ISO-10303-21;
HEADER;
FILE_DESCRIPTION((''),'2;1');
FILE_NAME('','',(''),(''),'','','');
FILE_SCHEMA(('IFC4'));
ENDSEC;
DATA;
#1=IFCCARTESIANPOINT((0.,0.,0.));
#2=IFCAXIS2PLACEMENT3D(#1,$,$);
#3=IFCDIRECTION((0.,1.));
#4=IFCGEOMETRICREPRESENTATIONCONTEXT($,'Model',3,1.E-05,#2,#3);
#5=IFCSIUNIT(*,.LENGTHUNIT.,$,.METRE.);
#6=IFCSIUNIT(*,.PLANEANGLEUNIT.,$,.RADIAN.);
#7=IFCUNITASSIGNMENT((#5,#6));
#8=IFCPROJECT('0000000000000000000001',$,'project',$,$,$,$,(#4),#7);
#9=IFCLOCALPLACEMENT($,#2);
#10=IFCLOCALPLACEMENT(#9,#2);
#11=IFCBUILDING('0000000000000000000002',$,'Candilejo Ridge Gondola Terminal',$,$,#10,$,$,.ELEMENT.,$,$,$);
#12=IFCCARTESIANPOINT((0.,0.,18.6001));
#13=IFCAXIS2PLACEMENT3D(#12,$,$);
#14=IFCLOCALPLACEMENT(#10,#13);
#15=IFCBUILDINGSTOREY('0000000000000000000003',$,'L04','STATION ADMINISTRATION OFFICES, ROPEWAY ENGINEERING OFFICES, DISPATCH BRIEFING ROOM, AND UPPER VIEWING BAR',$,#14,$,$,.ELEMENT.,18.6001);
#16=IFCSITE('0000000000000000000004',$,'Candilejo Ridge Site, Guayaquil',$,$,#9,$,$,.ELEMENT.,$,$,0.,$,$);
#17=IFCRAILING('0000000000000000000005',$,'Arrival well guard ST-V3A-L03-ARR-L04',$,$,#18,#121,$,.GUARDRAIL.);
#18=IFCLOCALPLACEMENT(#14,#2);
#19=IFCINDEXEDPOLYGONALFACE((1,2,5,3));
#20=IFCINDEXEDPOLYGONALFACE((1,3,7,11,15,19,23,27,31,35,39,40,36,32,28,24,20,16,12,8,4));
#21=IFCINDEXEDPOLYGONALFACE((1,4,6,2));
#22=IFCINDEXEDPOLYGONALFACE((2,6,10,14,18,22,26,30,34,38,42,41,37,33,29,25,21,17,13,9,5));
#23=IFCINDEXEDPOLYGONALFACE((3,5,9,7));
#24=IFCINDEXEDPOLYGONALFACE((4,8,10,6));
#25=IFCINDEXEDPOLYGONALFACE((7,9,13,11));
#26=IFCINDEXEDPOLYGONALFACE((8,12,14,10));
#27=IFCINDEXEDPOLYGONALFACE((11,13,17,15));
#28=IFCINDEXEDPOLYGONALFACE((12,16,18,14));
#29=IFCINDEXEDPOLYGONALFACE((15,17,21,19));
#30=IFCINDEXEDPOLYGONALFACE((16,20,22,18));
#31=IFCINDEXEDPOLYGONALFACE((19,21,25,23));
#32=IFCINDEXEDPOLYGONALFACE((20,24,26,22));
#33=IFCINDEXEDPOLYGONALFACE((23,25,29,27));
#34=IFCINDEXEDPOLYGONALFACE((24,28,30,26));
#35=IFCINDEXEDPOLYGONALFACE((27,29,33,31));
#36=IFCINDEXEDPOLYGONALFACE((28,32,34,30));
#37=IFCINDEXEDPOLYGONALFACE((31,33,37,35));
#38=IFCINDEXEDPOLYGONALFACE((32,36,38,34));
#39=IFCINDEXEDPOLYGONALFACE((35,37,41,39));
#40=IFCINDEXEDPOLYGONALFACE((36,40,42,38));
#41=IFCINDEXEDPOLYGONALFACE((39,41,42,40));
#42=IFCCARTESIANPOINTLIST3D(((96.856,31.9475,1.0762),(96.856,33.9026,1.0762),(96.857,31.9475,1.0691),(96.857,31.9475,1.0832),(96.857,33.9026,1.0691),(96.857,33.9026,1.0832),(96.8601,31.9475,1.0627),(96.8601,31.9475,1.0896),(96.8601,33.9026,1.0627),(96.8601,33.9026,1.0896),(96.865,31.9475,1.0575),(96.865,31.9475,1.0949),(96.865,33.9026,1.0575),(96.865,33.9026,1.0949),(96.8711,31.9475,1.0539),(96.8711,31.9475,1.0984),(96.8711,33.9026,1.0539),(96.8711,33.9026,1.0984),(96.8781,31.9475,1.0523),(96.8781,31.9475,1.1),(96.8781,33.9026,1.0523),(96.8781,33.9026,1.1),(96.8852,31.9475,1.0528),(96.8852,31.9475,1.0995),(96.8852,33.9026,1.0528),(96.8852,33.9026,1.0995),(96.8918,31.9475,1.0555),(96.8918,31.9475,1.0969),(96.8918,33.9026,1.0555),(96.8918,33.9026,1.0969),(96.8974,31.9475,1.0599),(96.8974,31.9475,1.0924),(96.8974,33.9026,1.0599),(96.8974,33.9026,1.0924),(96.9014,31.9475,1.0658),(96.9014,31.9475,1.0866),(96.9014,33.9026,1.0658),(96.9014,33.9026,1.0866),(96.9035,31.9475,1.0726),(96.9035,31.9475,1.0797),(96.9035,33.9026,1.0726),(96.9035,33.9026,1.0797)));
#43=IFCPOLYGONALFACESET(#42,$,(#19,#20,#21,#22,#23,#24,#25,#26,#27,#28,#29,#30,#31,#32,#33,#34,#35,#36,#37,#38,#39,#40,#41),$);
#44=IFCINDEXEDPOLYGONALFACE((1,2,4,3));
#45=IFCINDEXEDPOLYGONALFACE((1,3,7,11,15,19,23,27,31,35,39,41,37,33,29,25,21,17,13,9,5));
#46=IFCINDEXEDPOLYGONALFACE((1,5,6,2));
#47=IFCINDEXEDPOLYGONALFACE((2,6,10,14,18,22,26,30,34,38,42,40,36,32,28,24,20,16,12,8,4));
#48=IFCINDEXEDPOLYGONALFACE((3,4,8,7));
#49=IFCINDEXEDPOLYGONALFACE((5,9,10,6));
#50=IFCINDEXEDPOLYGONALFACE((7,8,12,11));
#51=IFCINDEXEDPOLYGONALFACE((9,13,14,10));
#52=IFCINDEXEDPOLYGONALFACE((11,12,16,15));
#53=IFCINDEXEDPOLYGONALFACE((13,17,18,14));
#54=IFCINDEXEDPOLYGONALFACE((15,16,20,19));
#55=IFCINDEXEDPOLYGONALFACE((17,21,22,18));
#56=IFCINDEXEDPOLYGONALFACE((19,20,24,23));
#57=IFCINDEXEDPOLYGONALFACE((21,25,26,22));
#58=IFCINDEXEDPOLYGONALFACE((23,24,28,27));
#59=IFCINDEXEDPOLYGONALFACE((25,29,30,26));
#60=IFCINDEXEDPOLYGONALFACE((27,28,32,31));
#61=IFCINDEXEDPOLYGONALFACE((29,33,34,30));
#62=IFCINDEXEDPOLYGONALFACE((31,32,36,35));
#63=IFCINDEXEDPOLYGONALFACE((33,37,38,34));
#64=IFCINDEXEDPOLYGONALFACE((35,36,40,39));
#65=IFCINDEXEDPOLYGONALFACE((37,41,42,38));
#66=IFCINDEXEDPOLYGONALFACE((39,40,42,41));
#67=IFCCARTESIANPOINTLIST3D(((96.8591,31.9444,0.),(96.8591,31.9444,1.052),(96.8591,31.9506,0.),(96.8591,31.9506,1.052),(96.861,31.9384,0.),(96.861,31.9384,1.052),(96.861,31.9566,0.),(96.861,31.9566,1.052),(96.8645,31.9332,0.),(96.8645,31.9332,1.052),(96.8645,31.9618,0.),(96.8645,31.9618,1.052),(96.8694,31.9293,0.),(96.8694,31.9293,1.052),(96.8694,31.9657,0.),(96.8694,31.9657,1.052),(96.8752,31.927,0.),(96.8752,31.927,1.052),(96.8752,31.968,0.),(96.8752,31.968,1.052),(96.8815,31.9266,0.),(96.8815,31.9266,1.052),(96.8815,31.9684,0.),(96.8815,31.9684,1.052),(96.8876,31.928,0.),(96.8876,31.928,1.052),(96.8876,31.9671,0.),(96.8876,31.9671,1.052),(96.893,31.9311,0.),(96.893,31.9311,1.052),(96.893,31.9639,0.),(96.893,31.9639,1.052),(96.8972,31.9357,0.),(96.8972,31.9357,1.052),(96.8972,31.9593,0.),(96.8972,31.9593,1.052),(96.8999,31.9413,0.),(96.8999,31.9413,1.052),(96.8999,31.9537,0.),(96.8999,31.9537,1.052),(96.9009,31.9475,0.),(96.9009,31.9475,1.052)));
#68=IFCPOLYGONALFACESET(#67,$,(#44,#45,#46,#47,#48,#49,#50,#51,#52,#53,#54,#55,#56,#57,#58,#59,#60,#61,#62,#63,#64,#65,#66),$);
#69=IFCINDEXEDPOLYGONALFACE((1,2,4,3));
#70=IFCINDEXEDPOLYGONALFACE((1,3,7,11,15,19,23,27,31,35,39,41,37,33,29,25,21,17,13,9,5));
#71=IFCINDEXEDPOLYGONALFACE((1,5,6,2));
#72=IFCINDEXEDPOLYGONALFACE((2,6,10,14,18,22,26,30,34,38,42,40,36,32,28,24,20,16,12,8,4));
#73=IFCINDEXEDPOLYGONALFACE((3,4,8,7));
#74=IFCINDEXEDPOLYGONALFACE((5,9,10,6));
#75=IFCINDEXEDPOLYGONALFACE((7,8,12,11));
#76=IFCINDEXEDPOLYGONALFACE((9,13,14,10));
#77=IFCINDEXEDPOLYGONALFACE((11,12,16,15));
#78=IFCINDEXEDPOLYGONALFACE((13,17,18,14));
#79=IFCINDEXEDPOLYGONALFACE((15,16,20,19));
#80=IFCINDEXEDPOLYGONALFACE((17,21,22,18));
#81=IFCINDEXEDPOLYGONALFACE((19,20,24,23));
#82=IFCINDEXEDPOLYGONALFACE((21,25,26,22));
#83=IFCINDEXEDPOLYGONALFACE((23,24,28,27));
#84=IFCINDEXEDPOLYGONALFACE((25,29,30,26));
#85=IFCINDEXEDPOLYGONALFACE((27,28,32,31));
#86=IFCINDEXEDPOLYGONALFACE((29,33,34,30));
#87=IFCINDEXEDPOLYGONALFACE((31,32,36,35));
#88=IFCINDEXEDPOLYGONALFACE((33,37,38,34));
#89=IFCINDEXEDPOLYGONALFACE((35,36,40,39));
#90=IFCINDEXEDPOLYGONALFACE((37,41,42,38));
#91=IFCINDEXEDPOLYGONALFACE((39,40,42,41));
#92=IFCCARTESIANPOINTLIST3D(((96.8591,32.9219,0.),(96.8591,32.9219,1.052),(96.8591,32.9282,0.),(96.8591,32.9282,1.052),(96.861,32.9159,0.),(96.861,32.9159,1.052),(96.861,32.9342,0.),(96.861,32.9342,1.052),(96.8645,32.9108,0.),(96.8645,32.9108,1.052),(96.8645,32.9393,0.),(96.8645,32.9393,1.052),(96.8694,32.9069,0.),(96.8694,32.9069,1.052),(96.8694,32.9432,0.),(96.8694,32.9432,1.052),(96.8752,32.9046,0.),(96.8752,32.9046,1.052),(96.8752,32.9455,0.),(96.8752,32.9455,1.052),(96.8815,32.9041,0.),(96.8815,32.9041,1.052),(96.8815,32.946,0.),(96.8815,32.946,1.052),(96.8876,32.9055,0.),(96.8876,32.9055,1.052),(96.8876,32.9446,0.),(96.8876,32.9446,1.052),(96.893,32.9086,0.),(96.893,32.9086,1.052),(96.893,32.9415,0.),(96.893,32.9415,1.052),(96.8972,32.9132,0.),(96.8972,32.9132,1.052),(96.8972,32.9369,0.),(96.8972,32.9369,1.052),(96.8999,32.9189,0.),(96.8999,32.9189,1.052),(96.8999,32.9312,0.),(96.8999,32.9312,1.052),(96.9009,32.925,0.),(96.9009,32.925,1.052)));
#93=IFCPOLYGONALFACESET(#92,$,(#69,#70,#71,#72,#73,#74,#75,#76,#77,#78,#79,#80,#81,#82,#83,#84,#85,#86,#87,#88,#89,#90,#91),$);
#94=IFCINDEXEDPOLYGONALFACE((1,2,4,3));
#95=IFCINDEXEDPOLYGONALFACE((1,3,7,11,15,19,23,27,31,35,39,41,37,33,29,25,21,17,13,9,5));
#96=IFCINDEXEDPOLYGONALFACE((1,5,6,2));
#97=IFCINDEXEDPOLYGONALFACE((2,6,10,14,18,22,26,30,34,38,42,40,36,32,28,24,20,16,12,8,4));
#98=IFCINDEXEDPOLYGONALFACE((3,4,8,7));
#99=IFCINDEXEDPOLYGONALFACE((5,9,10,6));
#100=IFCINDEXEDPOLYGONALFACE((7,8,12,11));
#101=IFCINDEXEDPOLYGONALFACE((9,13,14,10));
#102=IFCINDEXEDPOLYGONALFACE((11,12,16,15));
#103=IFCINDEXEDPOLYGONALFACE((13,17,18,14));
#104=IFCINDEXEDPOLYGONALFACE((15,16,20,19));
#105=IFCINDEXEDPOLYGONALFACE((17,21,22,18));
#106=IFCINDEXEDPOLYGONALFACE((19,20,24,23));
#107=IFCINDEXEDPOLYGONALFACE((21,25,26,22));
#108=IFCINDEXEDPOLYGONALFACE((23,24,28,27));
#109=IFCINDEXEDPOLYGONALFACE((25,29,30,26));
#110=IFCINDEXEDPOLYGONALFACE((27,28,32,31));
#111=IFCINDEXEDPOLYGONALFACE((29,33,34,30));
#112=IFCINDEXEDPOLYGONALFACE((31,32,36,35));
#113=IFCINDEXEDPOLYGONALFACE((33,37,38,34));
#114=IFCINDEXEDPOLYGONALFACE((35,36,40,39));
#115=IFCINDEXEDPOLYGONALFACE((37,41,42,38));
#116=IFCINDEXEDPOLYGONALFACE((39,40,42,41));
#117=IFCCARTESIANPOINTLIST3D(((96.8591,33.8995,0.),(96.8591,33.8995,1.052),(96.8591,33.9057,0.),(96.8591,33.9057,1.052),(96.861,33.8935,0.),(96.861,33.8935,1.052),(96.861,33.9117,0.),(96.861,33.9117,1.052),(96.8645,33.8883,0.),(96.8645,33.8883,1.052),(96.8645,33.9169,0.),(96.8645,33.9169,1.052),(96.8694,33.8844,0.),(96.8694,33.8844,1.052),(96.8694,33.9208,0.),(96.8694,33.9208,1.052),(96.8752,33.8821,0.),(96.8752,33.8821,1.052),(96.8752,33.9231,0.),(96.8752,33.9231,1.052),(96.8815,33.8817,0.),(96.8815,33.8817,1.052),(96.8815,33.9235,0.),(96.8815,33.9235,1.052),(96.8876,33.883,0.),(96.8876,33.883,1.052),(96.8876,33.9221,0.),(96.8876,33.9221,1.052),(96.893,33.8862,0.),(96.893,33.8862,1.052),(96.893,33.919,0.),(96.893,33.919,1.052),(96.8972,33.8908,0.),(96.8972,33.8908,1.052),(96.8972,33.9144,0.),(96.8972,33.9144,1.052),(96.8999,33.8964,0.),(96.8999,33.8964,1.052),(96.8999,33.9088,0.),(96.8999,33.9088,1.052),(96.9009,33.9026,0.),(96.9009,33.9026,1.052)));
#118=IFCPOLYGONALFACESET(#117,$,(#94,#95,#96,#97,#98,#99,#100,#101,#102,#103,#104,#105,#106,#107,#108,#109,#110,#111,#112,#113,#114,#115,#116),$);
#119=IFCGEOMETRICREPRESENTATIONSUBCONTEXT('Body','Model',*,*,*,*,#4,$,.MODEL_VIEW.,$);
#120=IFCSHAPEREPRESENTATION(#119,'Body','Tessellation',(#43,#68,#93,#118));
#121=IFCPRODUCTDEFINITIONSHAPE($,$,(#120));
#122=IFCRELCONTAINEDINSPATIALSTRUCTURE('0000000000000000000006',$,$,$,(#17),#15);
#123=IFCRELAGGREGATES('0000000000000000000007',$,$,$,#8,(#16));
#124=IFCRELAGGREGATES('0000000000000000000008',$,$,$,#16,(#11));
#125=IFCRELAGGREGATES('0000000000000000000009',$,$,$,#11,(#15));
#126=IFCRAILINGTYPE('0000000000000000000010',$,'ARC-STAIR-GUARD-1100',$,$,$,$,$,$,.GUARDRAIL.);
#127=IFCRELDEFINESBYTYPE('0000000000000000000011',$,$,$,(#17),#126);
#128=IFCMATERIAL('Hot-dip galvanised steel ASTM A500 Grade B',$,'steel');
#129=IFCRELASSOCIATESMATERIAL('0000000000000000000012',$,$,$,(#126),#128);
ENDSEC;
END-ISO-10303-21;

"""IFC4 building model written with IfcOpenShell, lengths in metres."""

from ifc_helpers import new_model, si_unit, direction, frame, origin, origin_2d, place, context, subcontext, project, spatial, circle, extrude, material, type_object, element, save


model = new_model("IFC4")

# Units and contexts
model_context = context("Model", 3, precision=1e-05, world=origin(), true_north=direction((0.0, 1.0)))
body_context = subcontext(model_context, "Body", "Model", "MODEL_VIEW")
ifc_project = project(units=[si_unit("LENGTHUNIT", "METRE"), si_unit("PLANEANGLEUNIT", "RADIAN")], contexts=[model_context])

# Site, building, storey
site_placement = place(None, origin())
site = spatial("IfcSite", under=ifc_project, at=site_placement, Name="Candilejo Ridge Site, Guayaquil", CompositionType="ELEMENT", RefElevation=0.0)
building_placement = place(site_placement, origin())
building = spatial("IfcBuilding", under=site, at=building_placement, Name="Candilejo Ridge Gondola Terminal", CompositionType="ELEMENT")
storey_placement = place(building_placement, frame((0.0, 0.0, 18.6001)))
storey = spatial("IfcBuildingStorey", under=building, at=storey_placement, Name="L04", Description="STATION ADMINISTRATION OFFICES, ROPEWAY ENGINEERING OFFICES, DISPATCH BRIEFING ROOM, AND UPPER VIEWING BAR", CompositionType="ELEMENT", Elevation=18.6001)

# Railing
ifc_material_1 = material(Name="Hot-dip galvanised steel ASTM A500 Grade B", Category="steel")
railing_type = type_object("IfcRailingType", Name="ARC-STAIR-GUARD-1100", PredefinedType="GUARDRAIL", material=ifc_material_1)
railing_placement = place(storey_placement, frame((96.8799, 31.9475, 0.0)))
element("IfcRailing", 1, at=railing_placement, inside=storey, type_object=railing_type, Name="Arrival well guard ST-V3A-L03-ARR-L04", PredefinedType="GUARDRAIL", context=body_context, shape_type="SweptSolid", body=[
    extrude(circle(Radius=0.0239, at=origin_2d()), frame((0.0, 0.0, 1.0762), z_axis=(0.0, 1.0, 0.0), x_axis=(-1.0, 0.0, 0.0)), (0.0, 0.0, 1.0), 1.9551),
    extrude(circle(Radius=0.021, at=origin_2d()), origin(), (0.0, 0.0, 1.0), 1.052),
    extrude(circle(Radius=0.021, at=origin_2d()), frame((0.0, 0.9775, 0.0)), (0.0, 0.0, 1.0), 1.052),
    extrude(circle(Radius=0.021, at=origin_2d()), frame((0.0, 1.9551, 0.0)), (0.0, 0.0, 1.0), 1.052),
])

save(model, "model.ifc")
